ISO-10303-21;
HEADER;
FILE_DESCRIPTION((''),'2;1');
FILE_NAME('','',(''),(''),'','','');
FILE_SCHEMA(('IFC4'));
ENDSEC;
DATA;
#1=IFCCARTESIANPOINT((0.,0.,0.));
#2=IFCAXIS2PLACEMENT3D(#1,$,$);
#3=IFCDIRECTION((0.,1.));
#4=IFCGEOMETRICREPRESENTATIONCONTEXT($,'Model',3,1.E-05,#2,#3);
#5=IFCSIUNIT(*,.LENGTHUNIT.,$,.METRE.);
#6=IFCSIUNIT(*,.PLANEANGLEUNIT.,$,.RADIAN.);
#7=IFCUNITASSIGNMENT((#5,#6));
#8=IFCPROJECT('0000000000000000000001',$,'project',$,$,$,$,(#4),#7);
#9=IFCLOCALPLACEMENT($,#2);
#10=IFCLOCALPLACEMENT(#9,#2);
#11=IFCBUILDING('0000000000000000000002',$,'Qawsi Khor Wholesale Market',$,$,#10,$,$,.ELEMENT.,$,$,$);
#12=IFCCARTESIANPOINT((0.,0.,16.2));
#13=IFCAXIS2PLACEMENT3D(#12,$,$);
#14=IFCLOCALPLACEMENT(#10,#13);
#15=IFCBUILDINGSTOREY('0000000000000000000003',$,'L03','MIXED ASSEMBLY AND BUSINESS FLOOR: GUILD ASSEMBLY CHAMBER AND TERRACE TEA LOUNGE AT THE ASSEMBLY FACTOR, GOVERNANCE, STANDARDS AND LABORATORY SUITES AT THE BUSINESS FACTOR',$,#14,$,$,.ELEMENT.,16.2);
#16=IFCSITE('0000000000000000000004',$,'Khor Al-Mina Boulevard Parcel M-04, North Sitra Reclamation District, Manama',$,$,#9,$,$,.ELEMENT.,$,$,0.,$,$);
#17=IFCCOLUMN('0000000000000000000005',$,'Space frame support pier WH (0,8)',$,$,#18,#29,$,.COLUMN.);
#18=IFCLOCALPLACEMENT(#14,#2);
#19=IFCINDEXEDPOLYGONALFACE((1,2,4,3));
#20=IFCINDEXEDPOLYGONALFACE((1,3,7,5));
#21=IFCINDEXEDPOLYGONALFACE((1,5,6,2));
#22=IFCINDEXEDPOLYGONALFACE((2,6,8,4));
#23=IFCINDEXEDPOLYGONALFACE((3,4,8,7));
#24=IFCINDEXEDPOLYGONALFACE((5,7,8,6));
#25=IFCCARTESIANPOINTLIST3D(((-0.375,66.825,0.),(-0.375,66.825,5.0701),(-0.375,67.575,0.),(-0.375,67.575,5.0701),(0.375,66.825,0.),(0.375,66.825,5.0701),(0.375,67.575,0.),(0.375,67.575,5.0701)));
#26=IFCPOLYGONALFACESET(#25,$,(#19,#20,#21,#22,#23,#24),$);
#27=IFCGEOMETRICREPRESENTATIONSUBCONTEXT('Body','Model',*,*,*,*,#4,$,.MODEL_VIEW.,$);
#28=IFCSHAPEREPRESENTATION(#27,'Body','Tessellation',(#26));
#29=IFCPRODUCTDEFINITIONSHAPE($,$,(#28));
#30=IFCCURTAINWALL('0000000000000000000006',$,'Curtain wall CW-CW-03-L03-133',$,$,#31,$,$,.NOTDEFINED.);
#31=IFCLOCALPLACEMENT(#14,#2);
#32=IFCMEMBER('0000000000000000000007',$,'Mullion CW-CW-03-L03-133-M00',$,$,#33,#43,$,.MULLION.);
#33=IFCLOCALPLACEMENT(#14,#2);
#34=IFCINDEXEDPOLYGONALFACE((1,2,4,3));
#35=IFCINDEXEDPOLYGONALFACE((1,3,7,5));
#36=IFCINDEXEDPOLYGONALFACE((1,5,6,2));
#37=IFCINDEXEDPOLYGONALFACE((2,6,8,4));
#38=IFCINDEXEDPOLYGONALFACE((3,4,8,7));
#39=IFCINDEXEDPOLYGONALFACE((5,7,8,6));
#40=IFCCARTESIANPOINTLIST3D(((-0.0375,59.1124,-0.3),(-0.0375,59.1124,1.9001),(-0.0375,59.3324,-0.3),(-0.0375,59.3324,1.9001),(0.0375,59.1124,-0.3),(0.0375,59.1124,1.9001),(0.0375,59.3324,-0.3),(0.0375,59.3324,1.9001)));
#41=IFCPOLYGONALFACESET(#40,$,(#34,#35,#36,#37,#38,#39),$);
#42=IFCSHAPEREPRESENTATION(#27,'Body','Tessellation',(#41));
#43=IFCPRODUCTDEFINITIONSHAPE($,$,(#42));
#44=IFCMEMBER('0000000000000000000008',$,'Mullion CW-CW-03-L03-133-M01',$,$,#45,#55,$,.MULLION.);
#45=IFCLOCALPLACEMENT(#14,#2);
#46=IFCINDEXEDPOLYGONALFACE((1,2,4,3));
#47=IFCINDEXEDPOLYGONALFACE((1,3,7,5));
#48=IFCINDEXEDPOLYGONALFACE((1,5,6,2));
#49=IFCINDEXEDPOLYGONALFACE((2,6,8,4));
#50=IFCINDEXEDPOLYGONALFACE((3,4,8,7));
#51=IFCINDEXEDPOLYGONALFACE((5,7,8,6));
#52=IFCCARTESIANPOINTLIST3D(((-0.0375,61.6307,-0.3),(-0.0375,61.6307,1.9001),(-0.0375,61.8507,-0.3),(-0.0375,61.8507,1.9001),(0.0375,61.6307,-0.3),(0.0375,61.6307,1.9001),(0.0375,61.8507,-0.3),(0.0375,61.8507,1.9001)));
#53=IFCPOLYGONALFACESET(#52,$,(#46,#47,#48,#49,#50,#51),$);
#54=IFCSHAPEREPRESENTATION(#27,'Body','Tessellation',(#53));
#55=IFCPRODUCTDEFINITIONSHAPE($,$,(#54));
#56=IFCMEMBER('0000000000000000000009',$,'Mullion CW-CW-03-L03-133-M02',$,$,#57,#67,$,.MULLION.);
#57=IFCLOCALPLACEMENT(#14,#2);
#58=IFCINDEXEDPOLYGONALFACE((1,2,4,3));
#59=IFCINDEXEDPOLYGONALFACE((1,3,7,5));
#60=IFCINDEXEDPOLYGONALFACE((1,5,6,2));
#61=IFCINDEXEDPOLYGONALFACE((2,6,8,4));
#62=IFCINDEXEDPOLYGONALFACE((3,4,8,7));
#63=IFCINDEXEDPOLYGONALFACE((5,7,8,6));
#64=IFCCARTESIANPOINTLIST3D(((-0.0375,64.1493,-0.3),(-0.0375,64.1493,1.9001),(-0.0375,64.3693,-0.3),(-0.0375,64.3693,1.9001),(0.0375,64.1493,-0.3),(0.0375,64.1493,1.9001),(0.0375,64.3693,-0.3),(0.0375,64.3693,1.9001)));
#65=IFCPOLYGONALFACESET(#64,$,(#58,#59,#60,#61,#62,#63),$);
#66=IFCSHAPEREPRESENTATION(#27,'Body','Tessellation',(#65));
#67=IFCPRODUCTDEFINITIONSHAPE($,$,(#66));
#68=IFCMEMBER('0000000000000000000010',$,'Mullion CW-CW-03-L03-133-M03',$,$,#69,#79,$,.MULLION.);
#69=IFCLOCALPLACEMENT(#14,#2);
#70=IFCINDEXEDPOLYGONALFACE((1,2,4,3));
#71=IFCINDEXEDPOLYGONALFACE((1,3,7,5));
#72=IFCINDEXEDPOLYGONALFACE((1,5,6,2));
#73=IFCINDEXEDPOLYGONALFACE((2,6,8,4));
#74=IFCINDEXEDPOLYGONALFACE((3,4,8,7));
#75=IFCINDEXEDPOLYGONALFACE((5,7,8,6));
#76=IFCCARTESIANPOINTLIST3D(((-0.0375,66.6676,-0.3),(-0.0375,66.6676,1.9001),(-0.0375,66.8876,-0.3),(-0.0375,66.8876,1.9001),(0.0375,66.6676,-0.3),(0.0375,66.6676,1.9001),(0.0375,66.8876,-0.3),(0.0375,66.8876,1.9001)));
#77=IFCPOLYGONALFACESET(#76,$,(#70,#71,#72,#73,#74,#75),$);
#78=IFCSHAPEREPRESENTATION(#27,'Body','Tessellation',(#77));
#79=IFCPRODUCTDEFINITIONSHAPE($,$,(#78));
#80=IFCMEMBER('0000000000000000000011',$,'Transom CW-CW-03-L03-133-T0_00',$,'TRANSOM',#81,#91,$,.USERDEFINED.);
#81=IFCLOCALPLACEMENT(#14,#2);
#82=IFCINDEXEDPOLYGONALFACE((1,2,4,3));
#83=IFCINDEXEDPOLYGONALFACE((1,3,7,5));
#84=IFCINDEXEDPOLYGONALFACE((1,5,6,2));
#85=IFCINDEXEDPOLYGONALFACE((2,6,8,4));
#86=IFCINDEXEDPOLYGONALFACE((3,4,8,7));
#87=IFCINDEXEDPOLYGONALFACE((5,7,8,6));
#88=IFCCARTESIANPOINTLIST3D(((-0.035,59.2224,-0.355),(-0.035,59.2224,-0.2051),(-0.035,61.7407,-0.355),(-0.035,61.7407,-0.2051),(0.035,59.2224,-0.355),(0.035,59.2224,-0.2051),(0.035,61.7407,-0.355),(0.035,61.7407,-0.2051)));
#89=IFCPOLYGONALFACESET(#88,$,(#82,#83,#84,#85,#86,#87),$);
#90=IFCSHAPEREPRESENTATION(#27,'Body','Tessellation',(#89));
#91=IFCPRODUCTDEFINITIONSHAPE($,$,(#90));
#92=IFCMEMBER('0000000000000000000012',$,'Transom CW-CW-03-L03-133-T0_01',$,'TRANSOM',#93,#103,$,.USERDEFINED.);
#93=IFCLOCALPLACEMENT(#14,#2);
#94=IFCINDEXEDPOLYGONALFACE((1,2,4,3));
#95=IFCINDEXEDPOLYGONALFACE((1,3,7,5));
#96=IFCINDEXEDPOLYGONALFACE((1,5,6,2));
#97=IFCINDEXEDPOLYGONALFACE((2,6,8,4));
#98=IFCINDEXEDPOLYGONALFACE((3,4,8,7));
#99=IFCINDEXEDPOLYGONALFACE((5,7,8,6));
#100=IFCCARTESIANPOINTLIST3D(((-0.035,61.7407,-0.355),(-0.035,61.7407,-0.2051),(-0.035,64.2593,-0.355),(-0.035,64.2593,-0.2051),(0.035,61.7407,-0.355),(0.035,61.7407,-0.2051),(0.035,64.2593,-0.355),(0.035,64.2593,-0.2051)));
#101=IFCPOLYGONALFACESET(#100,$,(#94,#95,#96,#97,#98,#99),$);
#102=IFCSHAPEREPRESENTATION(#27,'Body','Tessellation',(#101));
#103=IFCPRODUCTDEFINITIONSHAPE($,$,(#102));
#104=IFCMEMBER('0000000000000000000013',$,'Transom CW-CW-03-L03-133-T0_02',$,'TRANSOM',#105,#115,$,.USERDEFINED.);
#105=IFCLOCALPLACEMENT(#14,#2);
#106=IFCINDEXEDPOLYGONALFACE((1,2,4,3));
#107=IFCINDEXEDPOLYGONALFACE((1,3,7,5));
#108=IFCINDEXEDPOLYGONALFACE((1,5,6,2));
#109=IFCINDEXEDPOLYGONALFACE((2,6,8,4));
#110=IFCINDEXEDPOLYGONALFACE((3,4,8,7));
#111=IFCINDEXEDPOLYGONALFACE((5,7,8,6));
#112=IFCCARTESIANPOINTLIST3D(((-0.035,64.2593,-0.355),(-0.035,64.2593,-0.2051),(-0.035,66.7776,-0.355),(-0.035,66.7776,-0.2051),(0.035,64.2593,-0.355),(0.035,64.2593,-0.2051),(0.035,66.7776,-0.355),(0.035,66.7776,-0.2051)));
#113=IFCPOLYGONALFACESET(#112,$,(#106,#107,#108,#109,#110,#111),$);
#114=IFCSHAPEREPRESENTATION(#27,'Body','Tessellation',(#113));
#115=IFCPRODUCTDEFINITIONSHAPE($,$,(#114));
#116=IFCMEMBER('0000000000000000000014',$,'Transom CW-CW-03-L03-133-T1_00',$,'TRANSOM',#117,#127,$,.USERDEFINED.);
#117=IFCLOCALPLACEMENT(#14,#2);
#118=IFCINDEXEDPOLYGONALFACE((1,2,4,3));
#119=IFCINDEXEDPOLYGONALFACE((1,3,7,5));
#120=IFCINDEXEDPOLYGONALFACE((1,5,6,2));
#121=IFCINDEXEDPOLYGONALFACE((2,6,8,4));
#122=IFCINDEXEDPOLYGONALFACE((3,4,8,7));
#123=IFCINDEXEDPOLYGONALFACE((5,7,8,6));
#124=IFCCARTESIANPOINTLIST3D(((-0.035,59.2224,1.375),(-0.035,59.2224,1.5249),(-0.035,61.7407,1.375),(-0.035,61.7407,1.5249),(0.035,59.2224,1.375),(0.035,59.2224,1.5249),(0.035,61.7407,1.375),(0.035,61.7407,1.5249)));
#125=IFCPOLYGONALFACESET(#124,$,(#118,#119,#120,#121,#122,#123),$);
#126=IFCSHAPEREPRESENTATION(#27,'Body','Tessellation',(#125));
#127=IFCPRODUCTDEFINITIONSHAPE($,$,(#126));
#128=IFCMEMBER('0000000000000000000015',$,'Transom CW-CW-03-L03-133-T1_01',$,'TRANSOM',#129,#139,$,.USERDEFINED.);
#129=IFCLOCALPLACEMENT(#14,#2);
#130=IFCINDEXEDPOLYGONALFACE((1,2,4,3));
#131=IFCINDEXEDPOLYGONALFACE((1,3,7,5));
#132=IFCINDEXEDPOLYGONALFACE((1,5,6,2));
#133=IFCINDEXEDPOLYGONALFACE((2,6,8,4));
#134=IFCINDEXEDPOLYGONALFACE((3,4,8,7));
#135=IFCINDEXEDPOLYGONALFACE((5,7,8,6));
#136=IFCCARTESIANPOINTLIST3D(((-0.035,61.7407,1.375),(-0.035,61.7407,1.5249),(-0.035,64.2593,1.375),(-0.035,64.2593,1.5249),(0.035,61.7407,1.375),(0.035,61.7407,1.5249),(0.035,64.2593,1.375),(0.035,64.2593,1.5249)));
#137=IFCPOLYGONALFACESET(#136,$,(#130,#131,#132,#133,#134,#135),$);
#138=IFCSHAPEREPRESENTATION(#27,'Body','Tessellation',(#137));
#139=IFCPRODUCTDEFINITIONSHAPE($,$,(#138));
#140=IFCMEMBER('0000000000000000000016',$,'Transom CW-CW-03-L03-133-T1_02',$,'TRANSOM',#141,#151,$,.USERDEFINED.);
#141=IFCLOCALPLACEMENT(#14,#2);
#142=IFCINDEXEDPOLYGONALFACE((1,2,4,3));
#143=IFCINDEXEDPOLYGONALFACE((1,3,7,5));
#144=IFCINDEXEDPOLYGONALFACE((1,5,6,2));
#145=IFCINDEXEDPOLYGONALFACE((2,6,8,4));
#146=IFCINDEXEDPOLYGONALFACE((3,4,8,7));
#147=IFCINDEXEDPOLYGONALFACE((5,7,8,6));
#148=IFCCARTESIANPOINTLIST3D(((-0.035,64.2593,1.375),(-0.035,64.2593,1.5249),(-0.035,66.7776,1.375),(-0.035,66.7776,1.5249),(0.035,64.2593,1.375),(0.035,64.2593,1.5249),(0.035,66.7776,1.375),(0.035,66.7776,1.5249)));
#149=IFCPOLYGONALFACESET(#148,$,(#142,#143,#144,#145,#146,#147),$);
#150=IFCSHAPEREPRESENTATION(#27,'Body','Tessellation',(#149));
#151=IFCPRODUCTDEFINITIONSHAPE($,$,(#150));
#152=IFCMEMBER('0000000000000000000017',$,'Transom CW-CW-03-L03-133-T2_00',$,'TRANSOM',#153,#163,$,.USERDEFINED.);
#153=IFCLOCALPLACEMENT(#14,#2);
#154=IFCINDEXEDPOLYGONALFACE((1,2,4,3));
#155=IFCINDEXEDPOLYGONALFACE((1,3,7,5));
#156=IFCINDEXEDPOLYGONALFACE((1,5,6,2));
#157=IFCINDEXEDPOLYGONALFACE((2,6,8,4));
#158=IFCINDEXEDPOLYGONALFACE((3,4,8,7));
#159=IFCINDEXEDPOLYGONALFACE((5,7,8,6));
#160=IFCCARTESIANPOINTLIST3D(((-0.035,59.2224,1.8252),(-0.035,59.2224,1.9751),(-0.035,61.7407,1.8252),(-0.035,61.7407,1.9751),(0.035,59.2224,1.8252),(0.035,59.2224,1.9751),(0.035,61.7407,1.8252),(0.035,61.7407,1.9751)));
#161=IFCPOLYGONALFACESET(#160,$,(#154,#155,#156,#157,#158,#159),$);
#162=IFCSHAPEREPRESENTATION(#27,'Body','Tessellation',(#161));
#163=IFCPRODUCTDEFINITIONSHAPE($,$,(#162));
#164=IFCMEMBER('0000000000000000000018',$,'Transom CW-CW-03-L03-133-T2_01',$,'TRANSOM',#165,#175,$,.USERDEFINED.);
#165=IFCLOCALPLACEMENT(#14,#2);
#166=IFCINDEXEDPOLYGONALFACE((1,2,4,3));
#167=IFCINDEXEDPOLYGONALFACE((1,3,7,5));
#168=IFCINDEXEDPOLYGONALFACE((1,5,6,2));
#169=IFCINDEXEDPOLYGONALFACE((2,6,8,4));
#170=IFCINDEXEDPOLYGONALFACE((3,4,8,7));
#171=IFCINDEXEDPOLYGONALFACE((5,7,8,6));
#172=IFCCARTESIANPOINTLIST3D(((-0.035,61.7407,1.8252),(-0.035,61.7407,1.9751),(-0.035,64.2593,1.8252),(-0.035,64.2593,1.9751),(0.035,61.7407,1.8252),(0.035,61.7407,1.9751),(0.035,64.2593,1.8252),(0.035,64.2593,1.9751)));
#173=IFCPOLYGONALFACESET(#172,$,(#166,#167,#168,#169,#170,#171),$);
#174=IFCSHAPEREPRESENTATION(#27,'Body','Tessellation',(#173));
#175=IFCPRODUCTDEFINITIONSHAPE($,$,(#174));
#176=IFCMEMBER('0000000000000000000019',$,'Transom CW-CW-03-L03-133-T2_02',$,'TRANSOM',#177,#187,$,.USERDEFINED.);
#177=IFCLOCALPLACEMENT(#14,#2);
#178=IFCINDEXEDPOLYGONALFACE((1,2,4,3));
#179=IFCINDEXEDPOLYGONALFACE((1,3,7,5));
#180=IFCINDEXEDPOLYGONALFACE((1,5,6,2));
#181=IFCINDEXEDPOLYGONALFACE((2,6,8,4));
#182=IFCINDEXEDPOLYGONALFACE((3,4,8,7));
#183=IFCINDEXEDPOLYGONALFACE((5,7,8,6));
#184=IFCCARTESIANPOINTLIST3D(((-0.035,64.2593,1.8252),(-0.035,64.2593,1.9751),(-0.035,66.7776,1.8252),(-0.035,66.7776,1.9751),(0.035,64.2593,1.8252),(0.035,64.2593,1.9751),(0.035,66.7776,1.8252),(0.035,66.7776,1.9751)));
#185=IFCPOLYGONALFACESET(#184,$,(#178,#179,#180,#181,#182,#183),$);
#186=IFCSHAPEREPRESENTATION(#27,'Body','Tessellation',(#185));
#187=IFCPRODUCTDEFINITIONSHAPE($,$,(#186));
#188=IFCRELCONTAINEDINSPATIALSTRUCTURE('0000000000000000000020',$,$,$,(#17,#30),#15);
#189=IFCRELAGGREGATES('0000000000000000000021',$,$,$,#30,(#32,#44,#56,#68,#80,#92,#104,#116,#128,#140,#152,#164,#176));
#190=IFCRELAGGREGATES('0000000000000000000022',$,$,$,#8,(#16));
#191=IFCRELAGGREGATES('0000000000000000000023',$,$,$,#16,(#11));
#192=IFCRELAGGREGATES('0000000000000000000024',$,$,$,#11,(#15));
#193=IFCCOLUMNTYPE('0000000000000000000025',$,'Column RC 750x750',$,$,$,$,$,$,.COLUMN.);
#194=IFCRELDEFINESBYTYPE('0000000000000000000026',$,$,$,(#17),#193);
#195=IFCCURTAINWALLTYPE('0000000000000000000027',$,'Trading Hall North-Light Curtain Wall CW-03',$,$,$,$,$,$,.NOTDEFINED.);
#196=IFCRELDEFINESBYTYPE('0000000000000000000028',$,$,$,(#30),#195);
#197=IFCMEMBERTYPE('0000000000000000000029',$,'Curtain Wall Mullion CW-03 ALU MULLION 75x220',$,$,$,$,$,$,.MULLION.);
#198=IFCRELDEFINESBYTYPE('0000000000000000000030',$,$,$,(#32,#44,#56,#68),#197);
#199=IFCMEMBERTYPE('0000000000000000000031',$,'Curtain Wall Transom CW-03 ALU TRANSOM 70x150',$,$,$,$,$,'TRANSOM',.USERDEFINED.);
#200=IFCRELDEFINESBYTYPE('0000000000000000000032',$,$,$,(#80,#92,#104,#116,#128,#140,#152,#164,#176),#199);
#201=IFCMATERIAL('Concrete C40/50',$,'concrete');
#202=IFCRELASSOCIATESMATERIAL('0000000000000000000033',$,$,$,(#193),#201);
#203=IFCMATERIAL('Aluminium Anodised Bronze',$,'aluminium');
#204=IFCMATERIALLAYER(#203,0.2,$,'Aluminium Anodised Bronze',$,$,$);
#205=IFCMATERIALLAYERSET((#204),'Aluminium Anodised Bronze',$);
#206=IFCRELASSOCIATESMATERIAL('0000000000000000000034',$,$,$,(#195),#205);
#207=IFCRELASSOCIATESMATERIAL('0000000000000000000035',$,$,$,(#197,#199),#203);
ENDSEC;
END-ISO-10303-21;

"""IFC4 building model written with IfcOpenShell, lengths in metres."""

from ifc_helpers import new_model, si_unit, direction, frame, origin, origin_2d, place, context, subcontext, project, spatial, rectangle, extrude, material, layer, layer_set, material_profile, profile_set, type_object, element, aggregate, save


model = new_model("IFC4")

# Units and contexts
model_context = context("Model", 3, precision=1e-05, world=origin(), true_north=direction((0.0, 1.0)))
body_context = subcontext(model_context, "Body", "Model", "MODEL_VIEW")
ifc_project = project(units=[si_unit("LENGTHUNIT", "METRE"), si_unit("PLANEANGLEUNIT", "RADIAN")], contexts=[model_context])

# Site, building, storey
site_placement = place(None, origin())
site = spatial("IfcSite", under=ifc_project, at=site_placement, Name="Khor Al-Mina Boulevard Parcel M-04, North Sitra Reclamation District, Manama", CompositionType="ELEMENT", RefElevation=0.0)
building_placement = place(site_placement, origin())
building = spatial("IfcBuilding", under=site, at=building_placement, Name="Qawsi Khor Wholesale Market", CompositionType="ELEMENT")
storey_placement = place(building_placement, frame((0.0, 0.0, 16.2)))
storey = spatial("IfcBuildingStorey", under=building, at=storey_placement, Name="L03", Description="MIXED ASSEMBLY AND BUSINESS FLOOR: GUILD ASSEMBLY CHAMBER AND TERRACE TEA LOUNGE AT THE ASSEMBLY FACTOR, GOVERNANCE, STANDARDS AND LABORATORY SUITES AT THE BUSINESS FACTOR", CompositionType="ELEMENT", Elevation=16.2)

# Column
ifc_material_1 = material(Name="Concrete C40/50", Category="concrete")
ifc_material_profile_1 = material_profile(ifc_material_1, rectangle(XDim=0.75, YDim=0.75, at=origin_2d()), Name="RC 750x750")
ifc_profile_set_1 = profile_set([ifc_material_profile_1], Name="Concrete C40/50")
column_type = type_object("IfcColumnType", Name="Column RC 750x750", PredefinedType="COLUMN", material=ifc_profile_set_1)
column_placement = place(storey_placement, frame((0.0, 67.2, 0.0), z_axis=(0.0, 0.0, 1.0), x_axis=(1.0, 0.0, 0.0)))
element("IfcColumn", 1, at=column_placement, inside=storey, type_object=column_type, Name="Space frame support pier WH (0,8)", PredefinedType="COLUMN", context=body_context, shape_type="SweptSolid", body=[
    extrude(rectangle(XDim=0.75, YDim=0.75, at=origin_2d()), origin(), (0.0, 0.0, 1.0), 5.0701),
])

# Curtain wall, members
ifc_material_2 = material(Name="Aluminium Anodised Bronze", Category="aluminium")
ifc_layer_1 = layer(ifc_material_2, 0.2, Name="Aluminium Anodised Bronze")
ifc_layer_set_1 = layer_set([ifc_layer_1], Name="Aluminium Anodised Bronze")
curtain_wall_type = type_object("IfcCurtainWallType", Name="Trading Hall North-Light Curtain Wall CW-03", PredefinedType="NOTDEFINED", material=ifc_layer_set_1)
curtain_wall_placement = place(storey_placement, origin())
curtain_wall = element("IfcCurtainWall", 2, at=curtain_wall_placement, inside=storey, type_object=curtain_wall_type, Name="Curtain wall CW-CW-03-L03-133", PredefinedType="NOTDEFINED")
ifc_material_profile_2 = material_profile(ifc_material_2, rectangle(XDim=0.075, YDim=0.22, at=origin_2d()), Name="ALU MULLION 75x220")
ifc_profile_set_2 = profile_set([ifc_material_profile_2], Name="Aluminium Anodised Bronze")
member_type_1 = type_object("IfcMemberType", Name="Curtain Wall Mullion CW-03 ALU MULLION 75x220", PredefinedType="MULLION", material=ifc_profile_set_2)
member_1_placement = place(storey_placement, frame((0.0, 59.2224, -0.3), z_axis=(0.0, 0.0, 1.0), x_axis=(1.0, 0.0, 0.0)))
member_1 = element("IfcMember", 3, at=member_1_placement, type_object=member_type_1, Name="Mullion CW-CW-03-L03-133-M00", PredefinedType="MULLION", context=body_context, shape_type="SweptSolid", body=[
    extrude(rectangle(XDim=0.075, YDim=0.22, at=origin_2d()), origin(), (0.0, 0.0, 1.0), 2.2002),
])
member_2_placement = place(storey_placement, frame((0.0, 61.7407, -0.3), z_axis=(0.0, 0.0, 1.0), x_axis=(1.0, 0.0, 0.0)))
member_2 = element("IfcMember", 4, at=member_2_placement, type_object=member_type_1, Name="Mullion CW-CW-03-L03-133-M01", PredefinedType="MULLION", context=body_context, shape_type="SweptSolid", body=[
    extrude(rectangle(XDim=0.075, YDim=0.22, at=origin_2d()), origin(), (0.0, 0.0, 1.0), 2.2002),
])
member_3_placement = place(storey_placement, frame((0.0, 64.2593, -0.3), z_axis=(0.0, 0.0, 1.0), x_axis=(1.0, 0.0, 0.0)))
member_3 = element("IfcMember", 5, at=member_3_placement, type_object=member_type_1, Name="Mullion CW-CW-03-L03-133-M02", PredefinedType="MULLION", context=body_context, shape_type="SweptSolid", body=[
    extrude(rectangle(XDim=0.075, YDim=0.22, at=origin_2d()), origin(), (0.0, 0.0, 1.0), 2.2002),
])
member_4_placement = place(storey_placement, frame((0.0, 66.7776, -0.3), z_axis=(0.0, 0.0, 1.0), x_axis=(1.0, 0.0, 0.0)))
member_4 = element("IfcMember", 6, at=member_4_placement, type_object=member_type_1, Name="Mullion CW-CW-03-L03-133-M03", PredefinedType="MULLION", context=body_context, shape_type="SweptSolid", body=[
    extrude(rectangle(XDim=0.075, YDim=0.22, at=origin_2d()), origin(), (0.0, 0.0, 1.0), 2.2002),
])
ifc_material_profile_3 = material_profile(ifc_material_2, rectangle(XDim=0.0701, YDim=0.1499, at=origin_2d()), Name="ALU TRANSOM 70x150")
ifc_profile_set_3 = profile_set([ifc_material_profile_3], Name="Aluminium Anodised Bronze")
member_type_2 = type_object("IfcMemberType", Name="Curtain Wall Transom CW-03 ALU TRANSOM 70x150", ElementType="TRANSOM", PredefinedType="USERDEFINED", material=ifc_profile_set_3)
member_5_placement = place(storey_placement, frame((0.0, 59.2224, -0.28), z_axis=(0.0, 1.0, 0.0), x_axis=(-1.0, 0.0, 0.0)))
member_5 = element("IfcMember", 7, at=member_5_placement, type_object=member_type_2, Name="Transom CW-CW-03-L03-133-T0_00", ObjectType="TRANSOM", PredefinedType="USERDEFINED", context=body_context, shape_type="SweptSolid", body=[
    extrude(rectangle(XDim=0.0701, YDim=0.1499, at=origin_2d()), origin(), (0.0, 0.0, 1.0), 2.5183),
])
member_6_placement = place(storey_placement, frame((0.0, 61.7407, -0.28), z_axis=(0.0, 1.0, 0.0), x_axis=(-1.0, 0.0, 0.0)))
member_6 = element("IfcMember", 8, at=member_6_placement, type_object=member_type_2, Name="Transom CW-CW-03-L03-133-T0_01", ObjectType="TRANSOM", PredefinedType="USERDEFINED", context=body_context, shape_type="SweptSolid", body=[
    extrude(rectangle(XDim=0.0701, YDim=0.1499, at=origin_2d()), origin(), (0.0, 0.0, 1.0), 2.5186),
])
member_7_placement = place(storey_placement, frame((0.0, 64.2593, -0.28), z_axis=(0.0, 1.0, 0.0), x_axis=(-1.0, 0.0, 0.0)))
member_7 = element("IfcMember", 9, at=member_7_placement, type_object=member_type_2, Name="Transom CW-CW-03-L03-133-T0_02", ObjectType="TRANSOM", PredefinedType="USERDEFINED", context=body_context, shape_type="SweptSolid", body=[
    extrude(rectangle(XDim=0.0701, YDim=0.1499, at=origin_2d()), origin(), (0.0, 0.0, 1.0), 2.5183),
])
member_8_placement = place(storey_placement, frame((0.0, 59.2224, 1.45), z_axis=(0.0, 1.0, 0.0), x_axis=(-1.0, 0.0, 0.0)))
member_8 = element("IfcMember", 10, at=member_8_placement, type_object=member_type_2, Name="Transom CW-CW-03-L03-133-T1_00", ObjectType="TRANSOM", PredefinedType="USERDEFINED", context=body_context, shape_type="SweptSolid", body=[
    extrude(rectangle(XDim=0.0701, YDim=0.1499, at=origin_2d()), origin(), (0.0, 0.0, 1.0), 2.5183),
])
member_9_placement = place(storey_placement, frame((0.0, 61.7407, 1.45), z_axis=(0.0, 1.0, 0.0), x_axis=(-1.0, 0.0, 0.0)))
member_9 = element("IfcMember", 11, at=member_9_placement, type_object=member_type_2, Name="Transom CW-CW-03-L03-133-T1_01", ObjectType="TRANSOM", PredefinedType="USERDEFINED", context=body_context, shape_type="SweptSolid", body=[
    extrude(rectangle(XDim=0.0701, YDim=0.1499, at=origin_2d()), origin(), (0.0, 0.0, 1.0), 2.5186),
])
member_10_placement = place(storey_placement, frame((0.0, 64.2593, 1.45), z_axis=(0.0, 1.0, 0.0), x_axis=(-1.0, 0.0, 0.0)))
member_10 = element("IfcMember", 12, at=member_10_placement, type_object=member_type_2, Name="Transom CW-CW-03-L03-133-T1_02", ObjectType="TRANSOM", PredefinedType="USERDEFINED", context=body_context, shape_type="SweptSolid", body=[
    extrude(rectangle(XDim=0.0701, YDim=0.1499, at=origin_2d()), origin(), (0.0, 0.0, 1.0), 2.5183),
])
member_11_placement = place(storey_placement, frame((0.0, 59.2224, 1.9001), z_axis=(0.0, 1.0, 0.0), x_axis=(-1.0, 0.0, 0.0)))
member_11 = element("IfcMember", 13, at=member_11_placement, type_object=member_type_2, Name="Transom CW-CW-03-L03-133-T2_00", ObjectType="TRANSOM", PredefinedType="USERDEFINED", context=body_context, shape_type="SweptSolid", body=[
    extrude(rectangle(XDim=0.0701, YDim=0.1499, at=origin_2d()), origin(), (0.0, 0.0, 1.0), 2.5183),
])
member_12_placement = place(storey_placement, frame((0.0, 61.7407, 1.9001), z_axis=(0.0, 1.0, 0.0), x_axis=(-1.0, 0.0, 0.0)))
member_12 = element("IfcMember", 14, at=member_12_placement, type_object=member_type_2, Name="Transom CW-CW-03-L03-133-T2_01", ObjectType="TRANSOM", PredefinedType="USERDEFINED", context=body_context, shape_type="SweptSolid", body=[
    extrude(rectangle(XDim=0.0701, YDim=0.1499, at=origin_2d()), origin(), (0.0, 0.0, 1.0), 2.5186),
])
member_13_placement = place(storey_placement, frame((0.0, 64.2593, 1.9001), z_axis=(0.0, 1.0, 0.0), x_axis=(-1.0, 0.0, 0.0)))
member_13 = element("IfcMember", 15, at=member_13_placement, type_object=member_type_2, Name="Transom CW-CW-03-L03-133-T2_02", ObjectType="TRANSOM", PredefinedType="USERDEFINED", context=body_context, shape_type="SweptSolid", body=[
    extrude(rectangle(XDim=0.0701, YDim=0.1499, at=origin_2d()), origin(), (0.0, 0.0, 1.0), 2.5183),
])

aggregate(curtain_wall, [member_1, member_2, member_3, member_4, member_5, member_6, member_7, member_8, member_9, member_10, member_11, member_12, member_13])

save(model, "model.ifc")
